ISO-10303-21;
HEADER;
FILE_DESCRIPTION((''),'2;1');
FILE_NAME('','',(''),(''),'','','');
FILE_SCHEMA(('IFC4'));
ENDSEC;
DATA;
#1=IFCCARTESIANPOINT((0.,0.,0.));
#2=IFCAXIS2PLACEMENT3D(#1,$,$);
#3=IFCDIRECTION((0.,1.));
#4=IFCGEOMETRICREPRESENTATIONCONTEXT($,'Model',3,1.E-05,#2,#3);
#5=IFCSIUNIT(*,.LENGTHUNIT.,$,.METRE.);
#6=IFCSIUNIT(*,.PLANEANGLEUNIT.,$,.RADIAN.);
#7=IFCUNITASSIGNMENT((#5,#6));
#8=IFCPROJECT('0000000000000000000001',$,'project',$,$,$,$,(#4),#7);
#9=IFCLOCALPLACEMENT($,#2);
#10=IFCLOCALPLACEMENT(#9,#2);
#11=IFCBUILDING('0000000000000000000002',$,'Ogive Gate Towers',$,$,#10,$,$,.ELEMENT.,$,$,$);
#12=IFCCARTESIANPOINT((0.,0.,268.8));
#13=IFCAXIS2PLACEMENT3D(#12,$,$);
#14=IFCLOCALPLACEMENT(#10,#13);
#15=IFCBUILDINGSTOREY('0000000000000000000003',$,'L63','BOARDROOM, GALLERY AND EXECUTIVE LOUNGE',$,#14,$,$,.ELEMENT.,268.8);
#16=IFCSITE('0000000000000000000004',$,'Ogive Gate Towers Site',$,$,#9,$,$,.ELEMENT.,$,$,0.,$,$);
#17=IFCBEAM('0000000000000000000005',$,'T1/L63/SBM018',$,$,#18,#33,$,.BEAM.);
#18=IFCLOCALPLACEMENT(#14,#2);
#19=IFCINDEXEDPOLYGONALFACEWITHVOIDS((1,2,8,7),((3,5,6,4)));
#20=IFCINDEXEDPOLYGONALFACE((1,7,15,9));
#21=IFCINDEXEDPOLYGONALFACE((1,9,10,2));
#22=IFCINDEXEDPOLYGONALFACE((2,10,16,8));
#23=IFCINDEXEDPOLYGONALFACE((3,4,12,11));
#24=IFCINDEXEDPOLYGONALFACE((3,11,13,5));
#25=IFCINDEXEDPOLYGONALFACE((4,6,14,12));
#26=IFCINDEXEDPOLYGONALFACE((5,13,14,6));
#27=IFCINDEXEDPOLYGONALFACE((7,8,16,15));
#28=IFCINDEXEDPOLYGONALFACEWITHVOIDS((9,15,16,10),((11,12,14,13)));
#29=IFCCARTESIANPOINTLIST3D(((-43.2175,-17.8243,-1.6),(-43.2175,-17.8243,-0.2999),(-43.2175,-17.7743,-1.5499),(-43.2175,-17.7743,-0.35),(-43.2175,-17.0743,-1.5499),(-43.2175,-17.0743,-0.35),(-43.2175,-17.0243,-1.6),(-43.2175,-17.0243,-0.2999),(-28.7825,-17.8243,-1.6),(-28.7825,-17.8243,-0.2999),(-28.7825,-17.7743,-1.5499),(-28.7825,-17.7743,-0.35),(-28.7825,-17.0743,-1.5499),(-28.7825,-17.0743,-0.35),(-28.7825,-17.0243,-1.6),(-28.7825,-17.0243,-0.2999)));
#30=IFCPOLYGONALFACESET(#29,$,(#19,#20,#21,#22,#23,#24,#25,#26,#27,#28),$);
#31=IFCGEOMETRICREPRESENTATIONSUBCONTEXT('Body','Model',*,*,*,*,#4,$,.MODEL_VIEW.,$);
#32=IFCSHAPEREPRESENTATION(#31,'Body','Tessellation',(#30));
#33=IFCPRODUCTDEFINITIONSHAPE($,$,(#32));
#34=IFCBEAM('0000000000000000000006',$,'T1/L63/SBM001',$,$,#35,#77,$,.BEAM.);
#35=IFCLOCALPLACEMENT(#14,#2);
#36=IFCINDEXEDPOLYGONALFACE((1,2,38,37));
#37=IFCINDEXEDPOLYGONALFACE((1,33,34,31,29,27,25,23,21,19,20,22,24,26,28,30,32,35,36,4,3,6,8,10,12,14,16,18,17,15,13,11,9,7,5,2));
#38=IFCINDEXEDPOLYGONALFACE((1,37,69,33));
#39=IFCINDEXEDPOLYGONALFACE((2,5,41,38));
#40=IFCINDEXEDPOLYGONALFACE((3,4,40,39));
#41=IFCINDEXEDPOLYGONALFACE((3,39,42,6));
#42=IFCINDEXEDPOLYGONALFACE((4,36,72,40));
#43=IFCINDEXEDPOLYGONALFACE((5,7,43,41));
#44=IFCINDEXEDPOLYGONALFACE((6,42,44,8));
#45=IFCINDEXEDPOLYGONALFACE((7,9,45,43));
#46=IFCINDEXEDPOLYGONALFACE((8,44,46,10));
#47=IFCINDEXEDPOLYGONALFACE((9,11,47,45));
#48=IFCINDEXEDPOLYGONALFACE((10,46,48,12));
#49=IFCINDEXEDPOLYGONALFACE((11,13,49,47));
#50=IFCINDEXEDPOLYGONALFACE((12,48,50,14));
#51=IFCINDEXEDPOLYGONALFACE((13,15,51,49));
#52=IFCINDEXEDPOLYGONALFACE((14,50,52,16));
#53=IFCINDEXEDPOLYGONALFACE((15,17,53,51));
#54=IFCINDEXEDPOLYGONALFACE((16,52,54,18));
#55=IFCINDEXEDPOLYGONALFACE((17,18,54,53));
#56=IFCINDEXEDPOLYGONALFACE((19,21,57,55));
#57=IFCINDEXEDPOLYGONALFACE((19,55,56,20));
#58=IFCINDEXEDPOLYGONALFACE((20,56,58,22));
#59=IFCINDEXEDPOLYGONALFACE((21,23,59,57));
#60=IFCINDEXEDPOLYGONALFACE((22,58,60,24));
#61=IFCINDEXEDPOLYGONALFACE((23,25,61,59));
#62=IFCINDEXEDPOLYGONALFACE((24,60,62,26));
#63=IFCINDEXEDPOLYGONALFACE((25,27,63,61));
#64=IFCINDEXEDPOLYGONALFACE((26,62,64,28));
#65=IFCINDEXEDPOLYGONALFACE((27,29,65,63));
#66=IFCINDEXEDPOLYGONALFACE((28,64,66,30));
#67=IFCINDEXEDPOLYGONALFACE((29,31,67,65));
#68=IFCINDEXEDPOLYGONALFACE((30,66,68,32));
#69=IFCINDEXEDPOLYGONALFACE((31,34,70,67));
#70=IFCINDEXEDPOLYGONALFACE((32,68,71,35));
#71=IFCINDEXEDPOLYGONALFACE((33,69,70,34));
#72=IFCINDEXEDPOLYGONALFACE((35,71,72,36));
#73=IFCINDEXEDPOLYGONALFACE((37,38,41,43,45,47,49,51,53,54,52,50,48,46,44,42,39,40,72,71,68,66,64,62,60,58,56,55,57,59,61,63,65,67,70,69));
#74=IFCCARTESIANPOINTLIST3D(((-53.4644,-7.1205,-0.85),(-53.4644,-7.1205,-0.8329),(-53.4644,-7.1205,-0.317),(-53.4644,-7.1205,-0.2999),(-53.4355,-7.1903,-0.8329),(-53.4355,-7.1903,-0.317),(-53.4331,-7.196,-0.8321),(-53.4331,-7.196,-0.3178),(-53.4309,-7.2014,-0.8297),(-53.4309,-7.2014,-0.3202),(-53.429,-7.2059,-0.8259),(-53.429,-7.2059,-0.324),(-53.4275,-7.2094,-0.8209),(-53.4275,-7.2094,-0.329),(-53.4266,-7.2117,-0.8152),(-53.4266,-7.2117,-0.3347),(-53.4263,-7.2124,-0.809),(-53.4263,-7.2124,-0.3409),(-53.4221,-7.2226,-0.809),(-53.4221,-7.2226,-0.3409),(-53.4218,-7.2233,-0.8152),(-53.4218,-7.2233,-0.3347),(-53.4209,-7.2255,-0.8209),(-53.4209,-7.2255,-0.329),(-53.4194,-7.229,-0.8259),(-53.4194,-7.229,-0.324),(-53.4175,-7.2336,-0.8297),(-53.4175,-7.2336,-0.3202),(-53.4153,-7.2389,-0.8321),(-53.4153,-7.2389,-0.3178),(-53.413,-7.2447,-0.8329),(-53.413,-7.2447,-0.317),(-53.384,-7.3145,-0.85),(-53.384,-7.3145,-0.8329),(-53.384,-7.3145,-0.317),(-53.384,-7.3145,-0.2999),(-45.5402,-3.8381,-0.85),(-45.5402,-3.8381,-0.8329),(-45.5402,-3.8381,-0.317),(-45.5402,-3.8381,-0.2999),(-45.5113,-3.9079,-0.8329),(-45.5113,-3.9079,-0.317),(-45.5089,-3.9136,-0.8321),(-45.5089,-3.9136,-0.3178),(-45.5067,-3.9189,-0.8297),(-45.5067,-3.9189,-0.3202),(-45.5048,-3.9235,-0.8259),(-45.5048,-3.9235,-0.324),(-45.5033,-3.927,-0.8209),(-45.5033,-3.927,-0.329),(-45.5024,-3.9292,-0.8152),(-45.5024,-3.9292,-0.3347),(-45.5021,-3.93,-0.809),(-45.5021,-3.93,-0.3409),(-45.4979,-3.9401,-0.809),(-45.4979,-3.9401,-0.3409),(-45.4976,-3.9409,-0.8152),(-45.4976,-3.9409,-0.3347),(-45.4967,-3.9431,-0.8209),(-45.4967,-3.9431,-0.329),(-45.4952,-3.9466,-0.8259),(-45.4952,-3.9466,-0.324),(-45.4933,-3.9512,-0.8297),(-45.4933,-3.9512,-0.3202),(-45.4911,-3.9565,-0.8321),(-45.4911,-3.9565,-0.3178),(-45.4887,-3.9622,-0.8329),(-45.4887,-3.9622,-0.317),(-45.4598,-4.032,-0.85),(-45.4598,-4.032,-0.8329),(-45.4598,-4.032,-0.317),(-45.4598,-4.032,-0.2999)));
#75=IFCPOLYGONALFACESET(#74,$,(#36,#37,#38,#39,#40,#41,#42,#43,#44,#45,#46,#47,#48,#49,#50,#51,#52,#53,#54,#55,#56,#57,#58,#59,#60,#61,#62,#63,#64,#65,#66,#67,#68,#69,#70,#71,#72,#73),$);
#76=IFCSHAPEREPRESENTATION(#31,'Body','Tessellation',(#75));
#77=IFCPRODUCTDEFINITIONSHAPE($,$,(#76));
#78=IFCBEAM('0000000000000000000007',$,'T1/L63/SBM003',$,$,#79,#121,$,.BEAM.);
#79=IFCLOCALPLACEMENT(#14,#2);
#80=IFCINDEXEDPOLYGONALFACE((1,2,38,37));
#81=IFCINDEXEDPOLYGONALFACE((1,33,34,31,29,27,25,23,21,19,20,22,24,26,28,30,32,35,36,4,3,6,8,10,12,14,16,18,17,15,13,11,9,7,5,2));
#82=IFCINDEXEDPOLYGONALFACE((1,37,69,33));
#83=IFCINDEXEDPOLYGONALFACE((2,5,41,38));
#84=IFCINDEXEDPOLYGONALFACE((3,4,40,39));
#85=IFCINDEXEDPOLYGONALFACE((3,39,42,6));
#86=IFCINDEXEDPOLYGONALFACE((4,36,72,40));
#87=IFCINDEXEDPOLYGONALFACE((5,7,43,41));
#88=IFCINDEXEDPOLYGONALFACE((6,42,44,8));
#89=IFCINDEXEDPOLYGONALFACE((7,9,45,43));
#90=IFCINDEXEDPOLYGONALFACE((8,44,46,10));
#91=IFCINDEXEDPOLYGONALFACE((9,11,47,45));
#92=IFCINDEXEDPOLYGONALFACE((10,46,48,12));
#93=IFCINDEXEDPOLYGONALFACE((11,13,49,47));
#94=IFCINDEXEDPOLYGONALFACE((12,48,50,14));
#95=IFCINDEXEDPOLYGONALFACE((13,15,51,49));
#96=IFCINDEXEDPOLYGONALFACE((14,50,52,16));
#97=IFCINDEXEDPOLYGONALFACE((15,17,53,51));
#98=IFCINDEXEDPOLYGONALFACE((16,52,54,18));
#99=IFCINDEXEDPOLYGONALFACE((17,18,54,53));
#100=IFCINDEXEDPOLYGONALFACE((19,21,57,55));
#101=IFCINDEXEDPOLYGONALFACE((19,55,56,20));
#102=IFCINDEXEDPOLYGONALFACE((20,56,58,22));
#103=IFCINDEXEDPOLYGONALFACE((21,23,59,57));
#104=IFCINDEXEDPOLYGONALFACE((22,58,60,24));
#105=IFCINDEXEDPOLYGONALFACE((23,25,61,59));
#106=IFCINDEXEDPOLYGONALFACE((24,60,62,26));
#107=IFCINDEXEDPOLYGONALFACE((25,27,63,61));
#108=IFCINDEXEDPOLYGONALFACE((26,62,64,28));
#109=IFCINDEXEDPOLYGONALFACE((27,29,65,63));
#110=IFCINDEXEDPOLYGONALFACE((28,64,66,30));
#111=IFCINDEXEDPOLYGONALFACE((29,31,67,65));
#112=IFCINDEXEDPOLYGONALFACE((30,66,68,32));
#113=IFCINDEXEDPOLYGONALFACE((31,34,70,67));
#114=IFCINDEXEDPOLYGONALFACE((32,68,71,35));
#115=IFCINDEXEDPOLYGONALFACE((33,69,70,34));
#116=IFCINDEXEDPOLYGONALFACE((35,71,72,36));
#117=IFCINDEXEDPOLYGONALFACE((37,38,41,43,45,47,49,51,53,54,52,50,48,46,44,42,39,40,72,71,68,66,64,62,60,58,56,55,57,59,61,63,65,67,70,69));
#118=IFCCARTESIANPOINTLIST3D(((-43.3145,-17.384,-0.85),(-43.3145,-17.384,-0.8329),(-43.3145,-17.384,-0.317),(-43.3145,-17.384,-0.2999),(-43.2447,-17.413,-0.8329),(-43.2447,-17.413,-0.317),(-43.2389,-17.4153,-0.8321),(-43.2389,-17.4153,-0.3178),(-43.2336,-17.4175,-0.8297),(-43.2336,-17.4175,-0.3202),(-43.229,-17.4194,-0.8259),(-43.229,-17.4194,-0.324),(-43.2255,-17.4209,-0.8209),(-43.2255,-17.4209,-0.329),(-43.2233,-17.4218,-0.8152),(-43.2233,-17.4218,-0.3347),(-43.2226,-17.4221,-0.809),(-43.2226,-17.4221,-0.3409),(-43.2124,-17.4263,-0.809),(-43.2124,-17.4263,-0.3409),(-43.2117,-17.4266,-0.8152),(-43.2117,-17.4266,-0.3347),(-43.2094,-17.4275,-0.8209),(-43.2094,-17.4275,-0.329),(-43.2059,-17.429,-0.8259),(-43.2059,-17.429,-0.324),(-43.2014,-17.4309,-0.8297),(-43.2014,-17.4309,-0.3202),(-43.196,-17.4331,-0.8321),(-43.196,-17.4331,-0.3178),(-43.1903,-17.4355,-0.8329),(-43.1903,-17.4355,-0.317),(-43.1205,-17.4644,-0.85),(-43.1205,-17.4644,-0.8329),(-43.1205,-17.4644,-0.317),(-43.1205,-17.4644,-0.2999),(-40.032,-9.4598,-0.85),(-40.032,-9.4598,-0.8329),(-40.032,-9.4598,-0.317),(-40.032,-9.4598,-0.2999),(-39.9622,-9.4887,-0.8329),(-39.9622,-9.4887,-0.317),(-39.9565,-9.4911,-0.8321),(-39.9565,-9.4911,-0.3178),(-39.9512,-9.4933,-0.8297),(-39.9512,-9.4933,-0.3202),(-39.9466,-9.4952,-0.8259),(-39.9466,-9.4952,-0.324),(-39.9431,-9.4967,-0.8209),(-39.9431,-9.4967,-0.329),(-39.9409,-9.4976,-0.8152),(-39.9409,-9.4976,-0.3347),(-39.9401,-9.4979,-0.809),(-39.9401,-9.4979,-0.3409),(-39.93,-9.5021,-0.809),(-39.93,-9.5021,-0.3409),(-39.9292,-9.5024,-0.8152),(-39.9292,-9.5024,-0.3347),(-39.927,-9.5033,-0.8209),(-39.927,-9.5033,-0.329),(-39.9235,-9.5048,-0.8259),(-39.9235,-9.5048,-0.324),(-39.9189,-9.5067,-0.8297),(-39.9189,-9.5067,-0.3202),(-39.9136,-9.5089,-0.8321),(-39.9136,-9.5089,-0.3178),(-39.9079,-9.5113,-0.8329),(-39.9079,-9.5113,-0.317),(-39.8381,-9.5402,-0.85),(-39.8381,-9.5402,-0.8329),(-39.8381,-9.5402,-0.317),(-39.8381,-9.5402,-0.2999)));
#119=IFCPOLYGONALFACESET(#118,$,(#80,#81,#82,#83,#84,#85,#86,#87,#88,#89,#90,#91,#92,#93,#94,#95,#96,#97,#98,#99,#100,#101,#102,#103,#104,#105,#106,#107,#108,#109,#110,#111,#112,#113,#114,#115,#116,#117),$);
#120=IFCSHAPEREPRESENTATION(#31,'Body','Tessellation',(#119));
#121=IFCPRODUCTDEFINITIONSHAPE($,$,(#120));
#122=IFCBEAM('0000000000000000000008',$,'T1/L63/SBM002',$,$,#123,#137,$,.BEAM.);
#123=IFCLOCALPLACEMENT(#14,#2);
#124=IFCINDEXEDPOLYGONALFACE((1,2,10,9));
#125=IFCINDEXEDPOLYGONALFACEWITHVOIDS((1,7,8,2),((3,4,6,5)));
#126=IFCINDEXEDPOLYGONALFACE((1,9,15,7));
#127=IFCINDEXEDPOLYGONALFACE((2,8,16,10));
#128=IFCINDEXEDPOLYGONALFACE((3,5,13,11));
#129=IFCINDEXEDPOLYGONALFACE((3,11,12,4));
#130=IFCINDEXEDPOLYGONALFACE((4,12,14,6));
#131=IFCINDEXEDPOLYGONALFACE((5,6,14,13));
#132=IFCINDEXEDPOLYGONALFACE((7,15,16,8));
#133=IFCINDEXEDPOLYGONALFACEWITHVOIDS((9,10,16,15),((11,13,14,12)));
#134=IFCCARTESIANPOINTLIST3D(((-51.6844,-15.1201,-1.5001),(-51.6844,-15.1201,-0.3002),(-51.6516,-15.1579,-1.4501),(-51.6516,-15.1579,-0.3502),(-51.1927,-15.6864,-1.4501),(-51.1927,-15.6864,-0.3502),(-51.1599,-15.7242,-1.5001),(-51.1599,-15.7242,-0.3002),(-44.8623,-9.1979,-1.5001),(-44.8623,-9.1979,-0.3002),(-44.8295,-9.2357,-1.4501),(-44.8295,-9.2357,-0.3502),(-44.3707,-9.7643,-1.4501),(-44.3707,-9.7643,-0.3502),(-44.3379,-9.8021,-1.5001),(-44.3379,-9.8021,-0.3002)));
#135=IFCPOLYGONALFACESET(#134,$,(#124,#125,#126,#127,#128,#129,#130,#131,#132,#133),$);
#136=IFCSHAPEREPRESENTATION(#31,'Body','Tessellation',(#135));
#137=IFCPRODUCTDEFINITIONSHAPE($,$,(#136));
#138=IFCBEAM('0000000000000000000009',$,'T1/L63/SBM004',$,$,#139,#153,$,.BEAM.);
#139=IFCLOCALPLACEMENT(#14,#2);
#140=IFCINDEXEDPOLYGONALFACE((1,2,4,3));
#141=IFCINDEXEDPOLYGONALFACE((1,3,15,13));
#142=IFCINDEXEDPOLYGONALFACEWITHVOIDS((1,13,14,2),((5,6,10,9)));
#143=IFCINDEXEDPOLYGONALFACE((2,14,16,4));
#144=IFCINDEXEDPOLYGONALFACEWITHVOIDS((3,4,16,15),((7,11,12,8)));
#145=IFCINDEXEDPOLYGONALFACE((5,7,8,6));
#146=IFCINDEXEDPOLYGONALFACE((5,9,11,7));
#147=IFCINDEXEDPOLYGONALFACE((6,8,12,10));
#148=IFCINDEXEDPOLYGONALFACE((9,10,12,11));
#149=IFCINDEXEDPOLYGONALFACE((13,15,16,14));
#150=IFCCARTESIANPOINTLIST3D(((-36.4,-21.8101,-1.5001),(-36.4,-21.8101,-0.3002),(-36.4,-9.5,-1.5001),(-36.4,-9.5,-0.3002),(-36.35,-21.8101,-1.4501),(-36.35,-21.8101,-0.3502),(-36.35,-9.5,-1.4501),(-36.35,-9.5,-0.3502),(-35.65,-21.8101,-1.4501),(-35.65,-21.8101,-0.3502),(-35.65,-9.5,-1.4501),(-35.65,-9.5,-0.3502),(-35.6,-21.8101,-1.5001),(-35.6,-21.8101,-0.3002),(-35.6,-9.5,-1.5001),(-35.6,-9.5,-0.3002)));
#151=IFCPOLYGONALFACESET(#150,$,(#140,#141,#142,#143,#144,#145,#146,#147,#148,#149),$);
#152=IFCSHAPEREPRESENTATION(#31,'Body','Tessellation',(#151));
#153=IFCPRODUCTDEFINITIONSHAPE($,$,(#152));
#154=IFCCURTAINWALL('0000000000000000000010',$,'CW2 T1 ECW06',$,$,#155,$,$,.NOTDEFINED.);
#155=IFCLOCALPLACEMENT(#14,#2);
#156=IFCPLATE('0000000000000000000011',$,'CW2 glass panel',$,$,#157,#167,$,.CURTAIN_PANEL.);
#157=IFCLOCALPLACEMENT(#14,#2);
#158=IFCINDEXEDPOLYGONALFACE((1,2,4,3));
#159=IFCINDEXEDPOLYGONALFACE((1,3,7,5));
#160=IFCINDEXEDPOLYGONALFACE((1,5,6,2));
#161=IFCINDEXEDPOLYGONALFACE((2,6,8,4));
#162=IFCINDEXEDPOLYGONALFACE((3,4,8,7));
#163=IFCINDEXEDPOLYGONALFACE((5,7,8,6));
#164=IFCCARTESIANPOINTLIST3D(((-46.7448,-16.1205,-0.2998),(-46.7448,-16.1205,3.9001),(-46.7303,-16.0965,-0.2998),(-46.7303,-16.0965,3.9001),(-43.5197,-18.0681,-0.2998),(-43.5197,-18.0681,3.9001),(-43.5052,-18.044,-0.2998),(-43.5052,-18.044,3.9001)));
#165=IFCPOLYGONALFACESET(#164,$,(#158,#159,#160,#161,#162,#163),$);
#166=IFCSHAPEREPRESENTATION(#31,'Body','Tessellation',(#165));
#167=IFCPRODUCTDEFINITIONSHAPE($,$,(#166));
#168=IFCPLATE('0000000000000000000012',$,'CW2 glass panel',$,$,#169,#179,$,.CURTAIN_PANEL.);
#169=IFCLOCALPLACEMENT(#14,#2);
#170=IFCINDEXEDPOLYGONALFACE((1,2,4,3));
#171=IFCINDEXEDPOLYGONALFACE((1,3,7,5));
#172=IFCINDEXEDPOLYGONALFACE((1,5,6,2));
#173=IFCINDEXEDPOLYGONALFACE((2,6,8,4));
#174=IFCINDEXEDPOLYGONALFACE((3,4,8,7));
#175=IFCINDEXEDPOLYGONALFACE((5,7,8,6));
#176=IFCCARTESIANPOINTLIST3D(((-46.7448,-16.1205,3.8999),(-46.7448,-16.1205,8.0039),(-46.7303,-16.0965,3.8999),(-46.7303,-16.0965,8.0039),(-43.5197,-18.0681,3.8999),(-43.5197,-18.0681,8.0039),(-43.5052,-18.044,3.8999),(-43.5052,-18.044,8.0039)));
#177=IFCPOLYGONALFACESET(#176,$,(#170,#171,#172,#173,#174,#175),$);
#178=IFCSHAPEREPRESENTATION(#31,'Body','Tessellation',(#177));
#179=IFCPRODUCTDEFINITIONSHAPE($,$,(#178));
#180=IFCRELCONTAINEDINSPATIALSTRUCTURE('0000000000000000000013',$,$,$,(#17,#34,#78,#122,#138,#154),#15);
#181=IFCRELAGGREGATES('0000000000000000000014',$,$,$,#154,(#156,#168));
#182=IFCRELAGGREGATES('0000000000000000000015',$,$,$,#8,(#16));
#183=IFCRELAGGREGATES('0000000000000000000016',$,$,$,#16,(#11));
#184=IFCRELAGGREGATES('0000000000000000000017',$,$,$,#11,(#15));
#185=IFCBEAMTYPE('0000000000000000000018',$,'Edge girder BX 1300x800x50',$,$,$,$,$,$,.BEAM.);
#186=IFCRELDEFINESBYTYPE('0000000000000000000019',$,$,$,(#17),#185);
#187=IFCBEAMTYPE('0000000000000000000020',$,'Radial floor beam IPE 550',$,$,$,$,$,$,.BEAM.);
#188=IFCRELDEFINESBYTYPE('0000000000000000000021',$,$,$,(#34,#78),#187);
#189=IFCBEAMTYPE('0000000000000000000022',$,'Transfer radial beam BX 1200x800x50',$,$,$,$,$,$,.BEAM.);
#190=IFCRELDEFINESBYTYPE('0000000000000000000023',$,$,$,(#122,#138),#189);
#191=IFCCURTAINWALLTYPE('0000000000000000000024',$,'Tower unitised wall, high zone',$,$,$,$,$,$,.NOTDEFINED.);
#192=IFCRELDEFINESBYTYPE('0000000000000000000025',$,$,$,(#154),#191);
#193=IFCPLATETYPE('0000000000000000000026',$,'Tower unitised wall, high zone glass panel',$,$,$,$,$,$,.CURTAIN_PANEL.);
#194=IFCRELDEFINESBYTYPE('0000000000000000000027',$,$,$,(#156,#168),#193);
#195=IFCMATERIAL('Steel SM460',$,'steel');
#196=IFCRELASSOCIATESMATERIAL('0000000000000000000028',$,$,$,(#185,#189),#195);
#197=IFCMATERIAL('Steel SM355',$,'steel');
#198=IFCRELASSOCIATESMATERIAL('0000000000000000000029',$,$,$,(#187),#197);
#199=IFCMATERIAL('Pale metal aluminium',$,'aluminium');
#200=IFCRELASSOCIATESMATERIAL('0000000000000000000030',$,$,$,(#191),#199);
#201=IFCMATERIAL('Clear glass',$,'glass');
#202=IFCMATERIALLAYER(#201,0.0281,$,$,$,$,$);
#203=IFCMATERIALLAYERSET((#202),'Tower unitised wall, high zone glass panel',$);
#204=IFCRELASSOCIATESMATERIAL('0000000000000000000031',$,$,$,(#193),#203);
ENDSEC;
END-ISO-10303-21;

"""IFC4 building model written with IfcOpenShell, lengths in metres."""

from ifc_helpers import new_model, si_unit, direction, frame, origin, origin_2d, place, context, subcontext, project, spatial, rectangle, hollow_rectangle, i_section, extrude, material, layer, layer_set, material_profile, profile_set, type_object, element, aggregate, save


model = new_model("IFC4")

# Units and contexts
model_context = context("Model", 3, precision=1e-05, world=origin(), true_north=direction((0.0, 1.0)))
body_context = subcontext(model_context, "Body", "Model", "MODEL_VIEW")
ifc_project = project(units=[si_unit("LENGTHUNIT", "METRE"), si_unit("PLANEANGLEUNIT", "RADIAN")], contexts=[model_context])

# Site, building, storey
site_placement = place(None, origin())
site = spatial("IfcSite", under=ifc_project, at=site_placement, Name="Ogive Gate Towers Site", CompositionType="ELEMENT", RefElevation=0.0)
building_placement = place(site_placement, origin())
building = spatial("IfcBuilding", under=site, at=building_placement, Name="Ogive Gate Towers", CompositionType="ELEMENT")
storey_placement = place(building_placement, frame((0.0, 0.0, 268.8)))
storey = spatial("IfcBuildingStorey", under=building, at=storey_placement, Name="L63", Description="BOARDROOM, GALLERY AND EXECUTIVE LOUNGE", CompositionType="ELEMENT", Elevation=268.8)

# Beams
ifc_material_1 = material(Name="Steel SM460", Category="steel")
ifc_material_profile_1 = material_profile(ifc_material_1, hollow_rectangle(XDim=0.8, YDim=1.3, WallThickness=0.05, at=origin_2d()), Name="BX 1300x800x50")
ifc_profile_set_1 = profile_set([ifc_material_profile_1], Name="Steel SM460")
beam_type_1 = type_object("IfcBeamType", Name="Edge girder BX 1300x800x50", PredefinedType="BEAM", material=ifc_profile_set_1)
beam_1_placement = place(storey_placement, frame((-43.2175, -17.4243, -0.95), z_axis=(1.0, 0.0, 0.0), x_axis=(0.0, 1.0, 0.0)))
element("IfcBeam", 1, at=beam_1_placement, inside=storey, type_object=beam_type_1, Name="T1/L63/SBM018", PredefinedType="BEAM", context=body_context, shape_type="SweptSolid", body=[
    extrude(hollow_rectangle(XDim=0.8, YDim=1.3, WallThickness=0.05, at=origin_2d()), origin(), (0.0, 0.0, 1.0), 14.4351),
])
ifc_material_2 = material(Name="Steel SM355", Category="steel")
ifc_material_profile_2 = material_profile(ifc_material_2, i_section(OverallWidth=0.21, OverallDepth=0.55, WebThickness=0.011, FlangeThickness=0.0171, FilletRadius=0.0239, at=origin_2d()), Name="IPE 550")
ifc_profile_set_2 = profile_set([ifc_material_profile_2], Name="Steel SM355")
beam_type_2 = type_object("IfcBeamType", Name="Radial floor beam IPE 550", PredefinedType="BEAM", material=ifc_profile_set_2)
for number, where, z_axis, x_axis, name in (
    (2, (-45.5, -3.9351, -0.575), (-0.923875, -0.382695, 0.0), (0.382695, -0.923875, 0.0), "T1/L63/SBM001"),
    (3, (-39.9351, -9.5, -0.575), (-0.382695, -0.923875, 0.0), (0.923875, -0.382695, 0.0), "T1/L63/SBM003"),
):
    element("IfcBeam", number, at=place(storey_placement, frame(where, z_axis=z_axis, x_axis=x_axis)), inside=storey, type_object=beam_type_2, Name=name, PredefinedType="BEAM", context=body_context, shape_type="SweptSolid", body=[
        extrude(i_section(OverallWidth=0.21, OverallDepth=0.55, WebThickness=0.011, FlangeThickness=0.0171, FilletRadius=0.0239, at=origin_2d()), origin(), (0.0, 0.0, 1.0), 8.5771),
    ])
ifc_material_profile_3 = material_profile(ifc_material_1, hollow_rectangle(XDim=0.8, YDim=1.2, WallThickness=0.05, at=origin_2d()), Name="BX 1200x800x50")
ifc_profile_set_3 = profile_set([ifc_material_profile_3], Name="Steel SM460")
beam_type_3 = type_object("IfcBeamType", Name="Transfer radial beam BX 1200x800x50", PredefinedType="BEAM", material=ifc_profile_set_3)
beam_2_placement = place(storey_placement, frame((-44.6001, -9.5, -0.9001), z_axis=(-0.755157, -0.655544, 0.0), x_axis=(0.655544, -0.755157, 0.0)))
element("IfcBeam", 4, at=beam_2_placement, inside=storey, type_object=beam_type_3, Name="T1/L63/SBM002", PredefinedType="BEAM", context=body_context, shape_type="SweptSolid", body=[
    extrude(hollow_rectangle(XDim=0.8, YDim=1.2, WallThickness=0.05, at=origin_2d()), origin(), (0.0, 0.0, 1.0), 9.0339),
])
beam_3_placement = place(storey_placement, frame((-36.0, -9.5, -0.9001), z_axis=(0.0, -1.0, 0.0), x_axis=(1.0, 0.0, 0.0)))
element("IfcBeam", 5, at=beam_3_placement, inside=storey, type_object=beam_type_3, Name="T1/L63/SBM004", PredefinedType="BEAM", context=body_context, shape_type="SweptSolid", body=[
    extrude(hollow_rectangle(XDim=0.8, YDim=1.2, WallThickness=0.05, at=origin_2d()), origin(), (0.0, 0.0, 1.0), 12.3101),
])

# Curtain wall, plates
ifc_material_3 = material(Name="Pale metal aluminium", Category="aluminium")
curtain_wall_type = type_object("IfcCurtainWallType", Name="Tower unitised wall, high zone", PredefinedType="NOTDEFINED", material=ifc_material_3)
curtain_wall_placement = place(storey_placement, origin())
curtain_wall = element("IfcCurtainWall", 6, at=curtain_wall_placement, inside=storey, type_object=curtain_wall_type, Name="CW2 T1 ECW06", PredefinedType="NOTDEFINED")
ifc_material_4 = material(Name="Clear glass", Category="glass")
ifc_layer_1 = layer(ifc_material_4, 0.0281)
ifc_layer_set_1 = layer_set([ifc_layer_1], Name="Tower unitised wall, high zone glass panel")
plate_type = type_object("IfcPlateType", Name="Tower unitised wall, high zone glass panel", PredefinedType="CURTAIN_PANEL", material=ifc_layer_set_1)
plate_1_placement = place(storey_placement, frame((-45.125, -17.0823, -0.2998), z_axis=(0.0, 0.0, 1.0), x_axis=(0.856033, -0.516922, 0.0)))
plate_1 = element("IfcPlate", 7, at=plate_1_placement, type_object=plate_type, Name="CW2 glass panel", PredefinedType="CURTAIN_PANEL", context=body_context, shape_type="SweptSolid", body=[
    extrude(rectangle(XDim=3.7676, YDim=0.0281, at=origin_2d()), origin(), (0.0, 0.0, 1.0), 4.2),
])
plate_2_placement = place(storey_placement, frame((-45.125, -17.0823, 3.8999), z_axis=(0.0, 0.0, 1.0), x_axis=(0.856033, -0.516922, 0.0)))
plate_2 = element("IfcPlate", 8, at=plate_2_placement, type_object=plate_type, Name="CW2 glass panel", PredefinedType="CURTAIN_PANEL", context=body_context, shape_type="SweptSolid", body=[
    extrude(rectangle(XDim=3.7676, YDim=0.0281, at=origin_2d()), origin(), (0.0, 0.0, 1.0), 4.104),
])
aggregate(curtain_wall, [plate_1, plate_2])

save(model, "model.ifc")
